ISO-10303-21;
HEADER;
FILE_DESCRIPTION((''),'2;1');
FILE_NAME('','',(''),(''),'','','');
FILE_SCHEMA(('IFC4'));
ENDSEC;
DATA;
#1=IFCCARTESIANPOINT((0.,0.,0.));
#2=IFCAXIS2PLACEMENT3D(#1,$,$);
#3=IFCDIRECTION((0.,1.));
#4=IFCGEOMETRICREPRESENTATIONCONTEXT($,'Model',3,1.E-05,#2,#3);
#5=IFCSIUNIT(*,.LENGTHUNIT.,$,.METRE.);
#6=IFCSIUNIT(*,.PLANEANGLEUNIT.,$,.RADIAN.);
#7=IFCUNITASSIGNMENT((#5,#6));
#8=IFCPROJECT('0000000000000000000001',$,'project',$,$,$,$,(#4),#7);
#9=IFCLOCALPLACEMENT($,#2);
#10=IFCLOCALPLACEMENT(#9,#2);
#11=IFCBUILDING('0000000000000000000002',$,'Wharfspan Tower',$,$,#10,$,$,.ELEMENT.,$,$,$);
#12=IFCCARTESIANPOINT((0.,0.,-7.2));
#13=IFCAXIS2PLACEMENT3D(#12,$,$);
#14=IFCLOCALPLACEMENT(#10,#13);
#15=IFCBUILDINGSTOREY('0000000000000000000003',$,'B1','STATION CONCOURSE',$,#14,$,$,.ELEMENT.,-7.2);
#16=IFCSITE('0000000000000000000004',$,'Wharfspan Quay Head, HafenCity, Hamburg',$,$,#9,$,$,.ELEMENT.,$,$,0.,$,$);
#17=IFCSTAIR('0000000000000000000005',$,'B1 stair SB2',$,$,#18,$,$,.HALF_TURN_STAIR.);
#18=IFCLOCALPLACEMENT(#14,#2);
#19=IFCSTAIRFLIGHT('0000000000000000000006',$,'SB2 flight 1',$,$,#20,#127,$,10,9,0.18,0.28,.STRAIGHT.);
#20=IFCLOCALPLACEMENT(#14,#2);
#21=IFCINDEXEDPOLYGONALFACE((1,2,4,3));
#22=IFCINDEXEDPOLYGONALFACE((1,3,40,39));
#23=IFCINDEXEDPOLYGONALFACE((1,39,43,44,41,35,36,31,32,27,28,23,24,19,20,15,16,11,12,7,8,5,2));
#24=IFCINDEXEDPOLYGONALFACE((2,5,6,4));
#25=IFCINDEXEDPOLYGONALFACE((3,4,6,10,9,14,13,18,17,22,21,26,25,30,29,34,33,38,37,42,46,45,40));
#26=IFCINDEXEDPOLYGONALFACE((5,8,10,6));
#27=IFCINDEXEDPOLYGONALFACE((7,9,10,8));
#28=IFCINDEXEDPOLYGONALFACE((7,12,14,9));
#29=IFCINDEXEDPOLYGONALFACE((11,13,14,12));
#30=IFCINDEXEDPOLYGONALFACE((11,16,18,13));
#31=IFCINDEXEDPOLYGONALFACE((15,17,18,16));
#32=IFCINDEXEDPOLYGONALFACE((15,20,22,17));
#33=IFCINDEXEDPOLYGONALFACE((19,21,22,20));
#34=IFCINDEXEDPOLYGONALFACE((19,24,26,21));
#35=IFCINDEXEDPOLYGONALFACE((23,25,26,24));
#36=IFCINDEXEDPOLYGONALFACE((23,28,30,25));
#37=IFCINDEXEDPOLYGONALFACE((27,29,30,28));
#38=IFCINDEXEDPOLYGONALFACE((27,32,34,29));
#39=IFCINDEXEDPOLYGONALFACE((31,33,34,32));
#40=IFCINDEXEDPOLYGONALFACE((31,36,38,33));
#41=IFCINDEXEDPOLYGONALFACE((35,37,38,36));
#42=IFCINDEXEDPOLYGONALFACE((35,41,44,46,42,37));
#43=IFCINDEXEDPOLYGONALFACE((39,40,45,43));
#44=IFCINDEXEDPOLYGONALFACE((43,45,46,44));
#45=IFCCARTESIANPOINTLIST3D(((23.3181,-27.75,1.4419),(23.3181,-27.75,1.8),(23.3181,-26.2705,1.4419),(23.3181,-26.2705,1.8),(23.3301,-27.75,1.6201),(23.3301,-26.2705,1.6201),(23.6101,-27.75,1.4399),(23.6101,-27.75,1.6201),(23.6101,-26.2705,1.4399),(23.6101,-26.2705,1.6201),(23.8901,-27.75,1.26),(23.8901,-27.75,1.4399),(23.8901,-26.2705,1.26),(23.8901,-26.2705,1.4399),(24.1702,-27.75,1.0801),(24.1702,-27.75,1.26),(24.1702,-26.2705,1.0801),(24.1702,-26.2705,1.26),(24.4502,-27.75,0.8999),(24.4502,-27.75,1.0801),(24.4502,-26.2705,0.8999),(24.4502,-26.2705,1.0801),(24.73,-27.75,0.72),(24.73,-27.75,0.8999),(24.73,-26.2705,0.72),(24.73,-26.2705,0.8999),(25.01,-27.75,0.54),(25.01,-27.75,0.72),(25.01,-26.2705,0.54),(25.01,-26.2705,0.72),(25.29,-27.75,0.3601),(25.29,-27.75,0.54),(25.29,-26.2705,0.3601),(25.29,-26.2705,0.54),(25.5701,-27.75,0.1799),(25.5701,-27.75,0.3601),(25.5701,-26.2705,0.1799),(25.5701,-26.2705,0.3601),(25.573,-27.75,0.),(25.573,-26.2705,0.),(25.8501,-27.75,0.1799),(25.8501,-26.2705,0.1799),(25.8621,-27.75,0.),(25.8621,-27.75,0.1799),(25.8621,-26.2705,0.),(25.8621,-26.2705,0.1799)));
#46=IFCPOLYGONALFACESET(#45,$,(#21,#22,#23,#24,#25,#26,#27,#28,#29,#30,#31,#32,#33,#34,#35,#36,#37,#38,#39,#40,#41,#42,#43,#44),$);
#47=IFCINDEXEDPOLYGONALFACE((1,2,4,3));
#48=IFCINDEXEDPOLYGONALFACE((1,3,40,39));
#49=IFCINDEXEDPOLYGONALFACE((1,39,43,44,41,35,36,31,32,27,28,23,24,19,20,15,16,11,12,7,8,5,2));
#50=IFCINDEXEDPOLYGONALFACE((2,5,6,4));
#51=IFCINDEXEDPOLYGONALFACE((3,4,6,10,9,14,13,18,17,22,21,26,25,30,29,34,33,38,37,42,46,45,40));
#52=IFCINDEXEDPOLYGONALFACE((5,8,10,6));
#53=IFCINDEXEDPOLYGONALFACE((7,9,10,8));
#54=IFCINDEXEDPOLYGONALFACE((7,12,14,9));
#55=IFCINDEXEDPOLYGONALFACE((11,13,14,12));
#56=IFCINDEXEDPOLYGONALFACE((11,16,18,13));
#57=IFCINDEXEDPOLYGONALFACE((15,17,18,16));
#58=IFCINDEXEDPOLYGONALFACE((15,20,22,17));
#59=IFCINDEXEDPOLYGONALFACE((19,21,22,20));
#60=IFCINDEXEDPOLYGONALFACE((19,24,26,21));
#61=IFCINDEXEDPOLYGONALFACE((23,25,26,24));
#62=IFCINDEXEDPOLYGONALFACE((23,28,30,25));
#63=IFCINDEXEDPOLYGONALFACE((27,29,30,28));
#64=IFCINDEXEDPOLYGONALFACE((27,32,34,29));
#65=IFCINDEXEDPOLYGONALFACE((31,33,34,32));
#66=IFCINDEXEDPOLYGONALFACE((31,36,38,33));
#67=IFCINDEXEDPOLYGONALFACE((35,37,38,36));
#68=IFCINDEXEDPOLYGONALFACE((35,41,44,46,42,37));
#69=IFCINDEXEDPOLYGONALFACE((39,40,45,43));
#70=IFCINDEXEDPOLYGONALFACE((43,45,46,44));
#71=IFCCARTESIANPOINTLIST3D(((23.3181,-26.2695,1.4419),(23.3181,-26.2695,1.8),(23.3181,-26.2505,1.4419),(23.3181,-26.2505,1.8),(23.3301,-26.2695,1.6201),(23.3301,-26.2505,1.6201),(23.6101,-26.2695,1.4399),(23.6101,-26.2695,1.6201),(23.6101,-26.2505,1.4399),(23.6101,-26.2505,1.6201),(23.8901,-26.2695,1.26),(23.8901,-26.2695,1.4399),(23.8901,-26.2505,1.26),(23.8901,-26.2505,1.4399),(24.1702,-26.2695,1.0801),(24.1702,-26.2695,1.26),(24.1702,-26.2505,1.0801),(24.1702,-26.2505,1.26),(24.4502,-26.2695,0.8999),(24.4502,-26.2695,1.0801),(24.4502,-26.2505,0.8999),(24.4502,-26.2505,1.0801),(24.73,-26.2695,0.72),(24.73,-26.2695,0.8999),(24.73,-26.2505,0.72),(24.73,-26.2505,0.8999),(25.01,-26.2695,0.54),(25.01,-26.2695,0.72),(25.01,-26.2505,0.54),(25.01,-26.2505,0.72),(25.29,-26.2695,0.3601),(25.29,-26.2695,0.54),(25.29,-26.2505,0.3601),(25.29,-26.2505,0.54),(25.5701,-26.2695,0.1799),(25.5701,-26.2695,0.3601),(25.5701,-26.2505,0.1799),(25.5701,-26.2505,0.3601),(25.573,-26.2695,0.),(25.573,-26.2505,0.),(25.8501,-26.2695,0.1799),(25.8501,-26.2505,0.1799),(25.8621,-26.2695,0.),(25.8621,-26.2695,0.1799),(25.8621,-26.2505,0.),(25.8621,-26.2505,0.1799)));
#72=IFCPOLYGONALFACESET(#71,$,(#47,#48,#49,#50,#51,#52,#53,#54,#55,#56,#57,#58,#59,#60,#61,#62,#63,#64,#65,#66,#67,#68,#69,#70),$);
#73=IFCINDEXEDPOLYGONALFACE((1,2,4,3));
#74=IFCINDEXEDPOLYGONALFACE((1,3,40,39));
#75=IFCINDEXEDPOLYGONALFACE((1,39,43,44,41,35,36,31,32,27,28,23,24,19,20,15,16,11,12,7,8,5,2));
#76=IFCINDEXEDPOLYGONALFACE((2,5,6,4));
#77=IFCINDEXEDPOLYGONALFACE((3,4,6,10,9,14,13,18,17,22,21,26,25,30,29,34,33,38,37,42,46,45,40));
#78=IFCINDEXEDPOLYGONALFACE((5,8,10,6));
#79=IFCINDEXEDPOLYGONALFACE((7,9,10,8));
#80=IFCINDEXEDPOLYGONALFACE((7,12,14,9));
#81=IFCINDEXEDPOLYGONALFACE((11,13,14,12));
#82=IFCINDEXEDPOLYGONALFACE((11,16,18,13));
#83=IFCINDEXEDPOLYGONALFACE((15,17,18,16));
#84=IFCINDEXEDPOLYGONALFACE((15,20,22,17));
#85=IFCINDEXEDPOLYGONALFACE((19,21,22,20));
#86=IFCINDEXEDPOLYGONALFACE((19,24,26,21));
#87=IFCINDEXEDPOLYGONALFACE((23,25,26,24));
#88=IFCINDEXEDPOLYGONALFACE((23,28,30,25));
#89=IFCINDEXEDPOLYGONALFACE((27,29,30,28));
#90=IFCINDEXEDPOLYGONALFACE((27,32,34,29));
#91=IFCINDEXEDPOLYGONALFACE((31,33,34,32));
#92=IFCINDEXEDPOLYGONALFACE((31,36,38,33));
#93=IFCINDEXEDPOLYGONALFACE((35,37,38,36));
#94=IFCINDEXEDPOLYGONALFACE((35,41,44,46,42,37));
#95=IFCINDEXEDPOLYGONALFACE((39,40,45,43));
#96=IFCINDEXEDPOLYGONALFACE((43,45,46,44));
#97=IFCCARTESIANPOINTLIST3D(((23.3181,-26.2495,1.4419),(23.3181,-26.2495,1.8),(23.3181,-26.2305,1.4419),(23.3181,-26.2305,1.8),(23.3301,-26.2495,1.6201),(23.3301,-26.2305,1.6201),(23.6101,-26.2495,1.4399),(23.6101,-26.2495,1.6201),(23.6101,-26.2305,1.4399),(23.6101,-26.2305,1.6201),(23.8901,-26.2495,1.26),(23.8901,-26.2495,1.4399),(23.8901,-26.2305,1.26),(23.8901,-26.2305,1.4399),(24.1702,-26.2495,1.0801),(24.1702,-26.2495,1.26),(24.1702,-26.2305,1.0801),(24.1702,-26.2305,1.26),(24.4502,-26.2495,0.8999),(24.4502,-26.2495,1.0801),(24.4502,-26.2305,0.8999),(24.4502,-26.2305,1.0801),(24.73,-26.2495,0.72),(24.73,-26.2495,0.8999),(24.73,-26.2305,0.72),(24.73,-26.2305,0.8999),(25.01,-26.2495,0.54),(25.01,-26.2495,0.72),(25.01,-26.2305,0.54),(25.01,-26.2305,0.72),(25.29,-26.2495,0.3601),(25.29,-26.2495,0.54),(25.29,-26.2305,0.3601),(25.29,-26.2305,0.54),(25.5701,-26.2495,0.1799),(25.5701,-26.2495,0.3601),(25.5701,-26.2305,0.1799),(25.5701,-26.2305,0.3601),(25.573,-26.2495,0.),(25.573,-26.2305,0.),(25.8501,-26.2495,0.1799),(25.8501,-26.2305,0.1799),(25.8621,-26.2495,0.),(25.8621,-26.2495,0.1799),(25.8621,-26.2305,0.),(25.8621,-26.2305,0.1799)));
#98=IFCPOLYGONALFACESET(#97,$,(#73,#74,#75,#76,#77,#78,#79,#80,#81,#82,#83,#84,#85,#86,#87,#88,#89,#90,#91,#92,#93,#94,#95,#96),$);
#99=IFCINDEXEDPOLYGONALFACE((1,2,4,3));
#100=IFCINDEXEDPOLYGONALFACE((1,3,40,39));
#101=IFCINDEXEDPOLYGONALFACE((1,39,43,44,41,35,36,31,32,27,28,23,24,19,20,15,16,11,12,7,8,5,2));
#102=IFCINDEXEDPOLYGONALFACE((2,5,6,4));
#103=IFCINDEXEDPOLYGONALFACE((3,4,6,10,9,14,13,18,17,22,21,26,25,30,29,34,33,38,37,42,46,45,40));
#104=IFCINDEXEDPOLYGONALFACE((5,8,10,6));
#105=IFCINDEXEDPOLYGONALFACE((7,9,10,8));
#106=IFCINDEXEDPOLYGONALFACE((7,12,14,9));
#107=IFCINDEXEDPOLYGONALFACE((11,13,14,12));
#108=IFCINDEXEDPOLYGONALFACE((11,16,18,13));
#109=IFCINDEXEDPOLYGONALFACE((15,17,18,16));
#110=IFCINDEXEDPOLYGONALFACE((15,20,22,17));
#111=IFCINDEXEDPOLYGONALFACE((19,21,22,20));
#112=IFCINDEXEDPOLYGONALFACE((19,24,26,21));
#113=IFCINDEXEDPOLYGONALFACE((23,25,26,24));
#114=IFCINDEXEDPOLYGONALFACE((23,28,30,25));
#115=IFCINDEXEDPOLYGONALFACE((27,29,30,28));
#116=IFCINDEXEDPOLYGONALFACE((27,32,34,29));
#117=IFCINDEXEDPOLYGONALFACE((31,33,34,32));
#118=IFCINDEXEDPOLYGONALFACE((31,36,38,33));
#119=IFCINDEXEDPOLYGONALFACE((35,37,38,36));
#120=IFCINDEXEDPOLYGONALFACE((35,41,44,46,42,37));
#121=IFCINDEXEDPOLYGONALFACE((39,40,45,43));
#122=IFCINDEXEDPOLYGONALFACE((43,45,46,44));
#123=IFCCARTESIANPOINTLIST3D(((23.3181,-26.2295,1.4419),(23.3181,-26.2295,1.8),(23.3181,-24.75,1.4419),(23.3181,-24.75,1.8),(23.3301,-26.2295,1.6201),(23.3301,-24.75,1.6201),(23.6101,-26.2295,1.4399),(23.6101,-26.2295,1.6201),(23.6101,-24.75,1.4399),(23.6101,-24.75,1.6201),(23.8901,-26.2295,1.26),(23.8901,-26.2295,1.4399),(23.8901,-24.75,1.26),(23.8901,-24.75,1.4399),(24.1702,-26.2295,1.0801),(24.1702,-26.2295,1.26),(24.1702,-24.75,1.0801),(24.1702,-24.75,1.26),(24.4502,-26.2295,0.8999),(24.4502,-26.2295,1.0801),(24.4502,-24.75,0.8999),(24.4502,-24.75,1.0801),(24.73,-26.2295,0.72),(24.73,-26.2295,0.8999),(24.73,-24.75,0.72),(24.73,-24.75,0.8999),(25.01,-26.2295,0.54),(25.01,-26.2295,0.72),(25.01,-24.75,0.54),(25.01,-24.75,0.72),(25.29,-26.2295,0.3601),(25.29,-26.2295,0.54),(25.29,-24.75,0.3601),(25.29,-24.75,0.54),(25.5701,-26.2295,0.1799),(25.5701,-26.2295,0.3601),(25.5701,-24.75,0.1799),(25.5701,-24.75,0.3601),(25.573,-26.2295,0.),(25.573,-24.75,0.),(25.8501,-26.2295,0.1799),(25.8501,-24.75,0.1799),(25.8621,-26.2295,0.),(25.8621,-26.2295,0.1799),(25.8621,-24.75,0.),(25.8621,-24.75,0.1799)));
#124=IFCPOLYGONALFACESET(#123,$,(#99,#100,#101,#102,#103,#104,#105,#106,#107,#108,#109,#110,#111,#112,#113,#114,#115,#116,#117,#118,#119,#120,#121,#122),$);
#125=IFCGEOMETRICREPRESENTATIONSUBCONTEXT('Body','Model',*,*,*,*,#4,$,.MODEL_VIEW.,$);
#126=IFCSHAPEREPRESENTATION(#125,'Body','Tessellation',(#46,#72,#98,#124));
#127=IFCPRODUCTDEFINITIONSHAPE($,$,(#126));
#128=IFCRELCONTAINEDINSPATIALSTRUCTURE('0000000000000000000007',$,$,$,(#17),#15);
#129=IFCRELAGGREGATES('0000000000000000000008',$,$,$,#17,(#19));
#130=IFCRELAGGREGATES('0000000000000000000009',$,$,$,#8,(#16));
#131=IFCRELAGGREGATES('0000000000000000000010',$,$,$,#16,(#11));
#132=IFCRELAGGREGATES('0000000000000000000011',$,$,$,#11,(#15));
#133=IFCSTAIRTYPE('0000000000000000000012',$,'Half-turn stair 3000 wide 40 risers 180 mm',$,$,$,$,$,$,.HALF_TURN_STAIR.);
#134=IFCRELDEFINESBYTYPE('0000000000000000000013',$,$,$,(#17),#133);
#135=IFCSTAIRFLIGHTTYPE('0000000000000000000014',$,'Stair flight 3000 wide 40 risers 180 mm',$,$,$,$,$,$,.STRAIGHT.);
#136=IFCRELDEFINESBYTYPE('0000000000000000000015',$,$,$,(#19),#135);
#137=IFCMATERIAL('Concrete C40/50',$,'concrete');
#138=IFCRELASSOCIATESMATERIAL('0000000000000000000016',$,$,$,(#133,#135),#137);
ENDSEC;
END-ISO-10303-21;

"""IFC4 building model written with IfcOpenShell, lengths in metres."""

from ifc_helpers import new_model, si_unit, direction, frame, origin, place, context, subcontext, project, spatial, polyline, outline, extrude, material, type_object, element, aggregate, save


model = new_model("IFC4")

# Units and contexts
model_context = context("Model", 3, precision=1e-05, world=origin(), true_north=direction((0.0, 1.0)))
body_context = subcontext(model_context, "Body", "Model", "MODEL_VIEW")
ifc_project = project(units=[si_unit("LENGTHUNIT", "METRE"), si_unit("PLANEANGLEUNIT", "RADIAN")], contexts=[model_context])

# Site, building, storey
site_placement = place(None, origin())
site = spatial("IfcSite", under=ifc_project, at=site_placement, Name="Wharfspan Quay Head, HafenCity, Hamburg", CompositionType="ELEMENT", RefElevation=0.0)
building_placement = place(site_placement, origin())
building = spatial("IfcBuilding", under=site, at=building_placement, Name="Wharfspan Tower", CompositionType="ELEMENT")
storey_placement = place(building_placement, frame((0.0, 0.0, -7.2)))
storey = spatial("IfcBuildingStorey", under=building, at=storey_placement, Name="B1", Description="STATION CONCOURSE", CompositionType="ELEMENT", Elevation=-7.2)

# Shared definitions
ifc_material_1 = material(Name="Concrete C40/50", Category="concrete")

# Stair, stair flight
stair_type = type_object("IfcStairType", Name="Half-turn stair 3000 wide 40 risers 180 mm", PredefinedType="HALF_TURN_STAIR", material=ifc_material_1)
stair_placement = place(storey_placement, origin())
stair = element("IfcStair", 1, at=stair_placement, inside=storey, type_object=stair_type, Name="B1 stair SB2", PredefinedType="HALF_TURN_STAIR")
stair_flight_type = type_object("IfcStairFlightType", Name="Stair flight 3000 wide 40 risers 180 mm", PredefinedType="STRAIGHT", material=ifc_material_1)
stair_flight_1_placement = place(storey_placement, frame((25.8501, -26.25, 0.0), z_axis=(0.0, 0.0, 1.0), x_axis=(-1.0, 0.0, 0.0)))
stair_flight_1 = element("IfcStairFlight", 2, at=stair_flight_1_placement, type_object=stair_flight_type, Name="SB2 flight 1", NumberOfRisers=10, NumberOfTreads=9, PredefinedType="STRAIGHT", RiserHeight=0.18, TreadLength=0.28, context=body_context, shape_type="SweptSolid", body=[
    extrude(outline(polyline([(-0.012, 0.0), (-0.012, 0.1799), (0.0, 0.1799), (0.28, 0.1799), (0.28, 0.3601), (0.5601, 0.3601), (0.5601, 0.54), (0.8401, 0.54), (0.8401, 0.72), (1.1201, 0.72), (1.1201, 0.8999), (1.3999, 0.8999), (1.3999, 1.0801), (1.6799, 1.0801), (1.6799, 1.26), (1.96, 1.26), (1.96, 1.4399), (2.24, 1.4399), (2.24, 1.6201), (2.52, 1.6201), (2.532, 1.8), (2.532, 1.4419), (0.2771, 0.0), (-0.012, 0.0)])), frame((0.0, 1.5, 0.0), z_axis=(0.0, -1.0, 0.0), x_axis=(1.0, 0.0, 0.0)), (0.0, 0.0, 1.0), 1.4795),
    extrude(outline(polyline([(-0.012, 0.0), (-0.012, 0.1799), (0.0, 0.1799), (0.28, 0.1799), (0.28, 0.3601), (0.5601, 0.3601), (0.5601, 0.54), (0.8401, 0.54), (0.8401, 0.72), (1.1201, 0.72), (1.1201, 0.8999), (1.3999, 0.8999), (1.3999, 1.0801), (1.6799, 1.0801), (1.6799, 1.26), (1.96, 1.26), (1.96, 1.4399), (2.24, 1.4399), (2.24, 1.6201), (2.52, 1.6201), (2.532, 1.8), (2.532, 1.4419), (0.2771, 0.0), (-0.012, 0.0)])), frame((0.0, 0.0195, 0.0), z_axis=(0.0, -1.0, 0.0), x_axis=(1.0, 0.0, 0.0)), (0.0, 0.0, 1.0), 0.019),
    extrude(outline(polyline([(-0.012, 0.0), (-0.012, 0.1799), (0.0, 0.1799), (0.28, 0.1799), (0.28, 0.3601), (0.5601, 0.3601), (0.5601, 0.54), (0.8401, 0.54), (0.8401, 0.72), (1.1201, 0.72), (1.1201, 0.8999), (1.3999, 0.8999), (1.3999, 1.0801), (1.6799, 1.0801), (1.6799, 1.26), (1.96, 1.26), (1.96, 1.4399), (2.24, 1.4399), (2.24, 1.6201), (2.52, 1.6201), (2.532, 1.8), (2.532, 1.4419), (0.2771, 0.0), (-0.012, 0.0)])), frame((0.0, -0.0005, 0.0), z_axis=(0.0, -1.0, 0.0), x_axis=(1.0, 0.0, 0.0)), (0.0, 0.0, 1.0), 0.019),
    extrude(outline(polyline([(-0.012, 0.0), (-0.012, 0.1799), (0.0, 0.1799), (0.28, 0.1799), (0.28, 0.3601), (0.5601, 0.3601), (0.5601, 0.54), (0.8401, 0.54), (0.8401, 0.72), (1.1201, 0.72), (1.1201, 0.8999), (1.3999, 0.8999), (1.3999, 1.0801), (1.6799, 1.0801), (1.6799, 1.26), (1.96, 1.26), (1.96, 1.4399), (2.24, 1.4399), (2.24, 1.6201), (2.52, 1.6201), (2.532, 1.8), (2.532, 1.4419), (0.2771, 0.0), (-0.012, 0.0)])), frame((0.0, -0.0205, 0.0), z_axis=(0.0, -1.0, 0.0), x_axis=(1.0, 0.0, 0.0)), (0.0, 0.0, 1.0), 1.4795),
])
aggregate(stair, [stair_flight_1])

save(model, "model.ifc")
